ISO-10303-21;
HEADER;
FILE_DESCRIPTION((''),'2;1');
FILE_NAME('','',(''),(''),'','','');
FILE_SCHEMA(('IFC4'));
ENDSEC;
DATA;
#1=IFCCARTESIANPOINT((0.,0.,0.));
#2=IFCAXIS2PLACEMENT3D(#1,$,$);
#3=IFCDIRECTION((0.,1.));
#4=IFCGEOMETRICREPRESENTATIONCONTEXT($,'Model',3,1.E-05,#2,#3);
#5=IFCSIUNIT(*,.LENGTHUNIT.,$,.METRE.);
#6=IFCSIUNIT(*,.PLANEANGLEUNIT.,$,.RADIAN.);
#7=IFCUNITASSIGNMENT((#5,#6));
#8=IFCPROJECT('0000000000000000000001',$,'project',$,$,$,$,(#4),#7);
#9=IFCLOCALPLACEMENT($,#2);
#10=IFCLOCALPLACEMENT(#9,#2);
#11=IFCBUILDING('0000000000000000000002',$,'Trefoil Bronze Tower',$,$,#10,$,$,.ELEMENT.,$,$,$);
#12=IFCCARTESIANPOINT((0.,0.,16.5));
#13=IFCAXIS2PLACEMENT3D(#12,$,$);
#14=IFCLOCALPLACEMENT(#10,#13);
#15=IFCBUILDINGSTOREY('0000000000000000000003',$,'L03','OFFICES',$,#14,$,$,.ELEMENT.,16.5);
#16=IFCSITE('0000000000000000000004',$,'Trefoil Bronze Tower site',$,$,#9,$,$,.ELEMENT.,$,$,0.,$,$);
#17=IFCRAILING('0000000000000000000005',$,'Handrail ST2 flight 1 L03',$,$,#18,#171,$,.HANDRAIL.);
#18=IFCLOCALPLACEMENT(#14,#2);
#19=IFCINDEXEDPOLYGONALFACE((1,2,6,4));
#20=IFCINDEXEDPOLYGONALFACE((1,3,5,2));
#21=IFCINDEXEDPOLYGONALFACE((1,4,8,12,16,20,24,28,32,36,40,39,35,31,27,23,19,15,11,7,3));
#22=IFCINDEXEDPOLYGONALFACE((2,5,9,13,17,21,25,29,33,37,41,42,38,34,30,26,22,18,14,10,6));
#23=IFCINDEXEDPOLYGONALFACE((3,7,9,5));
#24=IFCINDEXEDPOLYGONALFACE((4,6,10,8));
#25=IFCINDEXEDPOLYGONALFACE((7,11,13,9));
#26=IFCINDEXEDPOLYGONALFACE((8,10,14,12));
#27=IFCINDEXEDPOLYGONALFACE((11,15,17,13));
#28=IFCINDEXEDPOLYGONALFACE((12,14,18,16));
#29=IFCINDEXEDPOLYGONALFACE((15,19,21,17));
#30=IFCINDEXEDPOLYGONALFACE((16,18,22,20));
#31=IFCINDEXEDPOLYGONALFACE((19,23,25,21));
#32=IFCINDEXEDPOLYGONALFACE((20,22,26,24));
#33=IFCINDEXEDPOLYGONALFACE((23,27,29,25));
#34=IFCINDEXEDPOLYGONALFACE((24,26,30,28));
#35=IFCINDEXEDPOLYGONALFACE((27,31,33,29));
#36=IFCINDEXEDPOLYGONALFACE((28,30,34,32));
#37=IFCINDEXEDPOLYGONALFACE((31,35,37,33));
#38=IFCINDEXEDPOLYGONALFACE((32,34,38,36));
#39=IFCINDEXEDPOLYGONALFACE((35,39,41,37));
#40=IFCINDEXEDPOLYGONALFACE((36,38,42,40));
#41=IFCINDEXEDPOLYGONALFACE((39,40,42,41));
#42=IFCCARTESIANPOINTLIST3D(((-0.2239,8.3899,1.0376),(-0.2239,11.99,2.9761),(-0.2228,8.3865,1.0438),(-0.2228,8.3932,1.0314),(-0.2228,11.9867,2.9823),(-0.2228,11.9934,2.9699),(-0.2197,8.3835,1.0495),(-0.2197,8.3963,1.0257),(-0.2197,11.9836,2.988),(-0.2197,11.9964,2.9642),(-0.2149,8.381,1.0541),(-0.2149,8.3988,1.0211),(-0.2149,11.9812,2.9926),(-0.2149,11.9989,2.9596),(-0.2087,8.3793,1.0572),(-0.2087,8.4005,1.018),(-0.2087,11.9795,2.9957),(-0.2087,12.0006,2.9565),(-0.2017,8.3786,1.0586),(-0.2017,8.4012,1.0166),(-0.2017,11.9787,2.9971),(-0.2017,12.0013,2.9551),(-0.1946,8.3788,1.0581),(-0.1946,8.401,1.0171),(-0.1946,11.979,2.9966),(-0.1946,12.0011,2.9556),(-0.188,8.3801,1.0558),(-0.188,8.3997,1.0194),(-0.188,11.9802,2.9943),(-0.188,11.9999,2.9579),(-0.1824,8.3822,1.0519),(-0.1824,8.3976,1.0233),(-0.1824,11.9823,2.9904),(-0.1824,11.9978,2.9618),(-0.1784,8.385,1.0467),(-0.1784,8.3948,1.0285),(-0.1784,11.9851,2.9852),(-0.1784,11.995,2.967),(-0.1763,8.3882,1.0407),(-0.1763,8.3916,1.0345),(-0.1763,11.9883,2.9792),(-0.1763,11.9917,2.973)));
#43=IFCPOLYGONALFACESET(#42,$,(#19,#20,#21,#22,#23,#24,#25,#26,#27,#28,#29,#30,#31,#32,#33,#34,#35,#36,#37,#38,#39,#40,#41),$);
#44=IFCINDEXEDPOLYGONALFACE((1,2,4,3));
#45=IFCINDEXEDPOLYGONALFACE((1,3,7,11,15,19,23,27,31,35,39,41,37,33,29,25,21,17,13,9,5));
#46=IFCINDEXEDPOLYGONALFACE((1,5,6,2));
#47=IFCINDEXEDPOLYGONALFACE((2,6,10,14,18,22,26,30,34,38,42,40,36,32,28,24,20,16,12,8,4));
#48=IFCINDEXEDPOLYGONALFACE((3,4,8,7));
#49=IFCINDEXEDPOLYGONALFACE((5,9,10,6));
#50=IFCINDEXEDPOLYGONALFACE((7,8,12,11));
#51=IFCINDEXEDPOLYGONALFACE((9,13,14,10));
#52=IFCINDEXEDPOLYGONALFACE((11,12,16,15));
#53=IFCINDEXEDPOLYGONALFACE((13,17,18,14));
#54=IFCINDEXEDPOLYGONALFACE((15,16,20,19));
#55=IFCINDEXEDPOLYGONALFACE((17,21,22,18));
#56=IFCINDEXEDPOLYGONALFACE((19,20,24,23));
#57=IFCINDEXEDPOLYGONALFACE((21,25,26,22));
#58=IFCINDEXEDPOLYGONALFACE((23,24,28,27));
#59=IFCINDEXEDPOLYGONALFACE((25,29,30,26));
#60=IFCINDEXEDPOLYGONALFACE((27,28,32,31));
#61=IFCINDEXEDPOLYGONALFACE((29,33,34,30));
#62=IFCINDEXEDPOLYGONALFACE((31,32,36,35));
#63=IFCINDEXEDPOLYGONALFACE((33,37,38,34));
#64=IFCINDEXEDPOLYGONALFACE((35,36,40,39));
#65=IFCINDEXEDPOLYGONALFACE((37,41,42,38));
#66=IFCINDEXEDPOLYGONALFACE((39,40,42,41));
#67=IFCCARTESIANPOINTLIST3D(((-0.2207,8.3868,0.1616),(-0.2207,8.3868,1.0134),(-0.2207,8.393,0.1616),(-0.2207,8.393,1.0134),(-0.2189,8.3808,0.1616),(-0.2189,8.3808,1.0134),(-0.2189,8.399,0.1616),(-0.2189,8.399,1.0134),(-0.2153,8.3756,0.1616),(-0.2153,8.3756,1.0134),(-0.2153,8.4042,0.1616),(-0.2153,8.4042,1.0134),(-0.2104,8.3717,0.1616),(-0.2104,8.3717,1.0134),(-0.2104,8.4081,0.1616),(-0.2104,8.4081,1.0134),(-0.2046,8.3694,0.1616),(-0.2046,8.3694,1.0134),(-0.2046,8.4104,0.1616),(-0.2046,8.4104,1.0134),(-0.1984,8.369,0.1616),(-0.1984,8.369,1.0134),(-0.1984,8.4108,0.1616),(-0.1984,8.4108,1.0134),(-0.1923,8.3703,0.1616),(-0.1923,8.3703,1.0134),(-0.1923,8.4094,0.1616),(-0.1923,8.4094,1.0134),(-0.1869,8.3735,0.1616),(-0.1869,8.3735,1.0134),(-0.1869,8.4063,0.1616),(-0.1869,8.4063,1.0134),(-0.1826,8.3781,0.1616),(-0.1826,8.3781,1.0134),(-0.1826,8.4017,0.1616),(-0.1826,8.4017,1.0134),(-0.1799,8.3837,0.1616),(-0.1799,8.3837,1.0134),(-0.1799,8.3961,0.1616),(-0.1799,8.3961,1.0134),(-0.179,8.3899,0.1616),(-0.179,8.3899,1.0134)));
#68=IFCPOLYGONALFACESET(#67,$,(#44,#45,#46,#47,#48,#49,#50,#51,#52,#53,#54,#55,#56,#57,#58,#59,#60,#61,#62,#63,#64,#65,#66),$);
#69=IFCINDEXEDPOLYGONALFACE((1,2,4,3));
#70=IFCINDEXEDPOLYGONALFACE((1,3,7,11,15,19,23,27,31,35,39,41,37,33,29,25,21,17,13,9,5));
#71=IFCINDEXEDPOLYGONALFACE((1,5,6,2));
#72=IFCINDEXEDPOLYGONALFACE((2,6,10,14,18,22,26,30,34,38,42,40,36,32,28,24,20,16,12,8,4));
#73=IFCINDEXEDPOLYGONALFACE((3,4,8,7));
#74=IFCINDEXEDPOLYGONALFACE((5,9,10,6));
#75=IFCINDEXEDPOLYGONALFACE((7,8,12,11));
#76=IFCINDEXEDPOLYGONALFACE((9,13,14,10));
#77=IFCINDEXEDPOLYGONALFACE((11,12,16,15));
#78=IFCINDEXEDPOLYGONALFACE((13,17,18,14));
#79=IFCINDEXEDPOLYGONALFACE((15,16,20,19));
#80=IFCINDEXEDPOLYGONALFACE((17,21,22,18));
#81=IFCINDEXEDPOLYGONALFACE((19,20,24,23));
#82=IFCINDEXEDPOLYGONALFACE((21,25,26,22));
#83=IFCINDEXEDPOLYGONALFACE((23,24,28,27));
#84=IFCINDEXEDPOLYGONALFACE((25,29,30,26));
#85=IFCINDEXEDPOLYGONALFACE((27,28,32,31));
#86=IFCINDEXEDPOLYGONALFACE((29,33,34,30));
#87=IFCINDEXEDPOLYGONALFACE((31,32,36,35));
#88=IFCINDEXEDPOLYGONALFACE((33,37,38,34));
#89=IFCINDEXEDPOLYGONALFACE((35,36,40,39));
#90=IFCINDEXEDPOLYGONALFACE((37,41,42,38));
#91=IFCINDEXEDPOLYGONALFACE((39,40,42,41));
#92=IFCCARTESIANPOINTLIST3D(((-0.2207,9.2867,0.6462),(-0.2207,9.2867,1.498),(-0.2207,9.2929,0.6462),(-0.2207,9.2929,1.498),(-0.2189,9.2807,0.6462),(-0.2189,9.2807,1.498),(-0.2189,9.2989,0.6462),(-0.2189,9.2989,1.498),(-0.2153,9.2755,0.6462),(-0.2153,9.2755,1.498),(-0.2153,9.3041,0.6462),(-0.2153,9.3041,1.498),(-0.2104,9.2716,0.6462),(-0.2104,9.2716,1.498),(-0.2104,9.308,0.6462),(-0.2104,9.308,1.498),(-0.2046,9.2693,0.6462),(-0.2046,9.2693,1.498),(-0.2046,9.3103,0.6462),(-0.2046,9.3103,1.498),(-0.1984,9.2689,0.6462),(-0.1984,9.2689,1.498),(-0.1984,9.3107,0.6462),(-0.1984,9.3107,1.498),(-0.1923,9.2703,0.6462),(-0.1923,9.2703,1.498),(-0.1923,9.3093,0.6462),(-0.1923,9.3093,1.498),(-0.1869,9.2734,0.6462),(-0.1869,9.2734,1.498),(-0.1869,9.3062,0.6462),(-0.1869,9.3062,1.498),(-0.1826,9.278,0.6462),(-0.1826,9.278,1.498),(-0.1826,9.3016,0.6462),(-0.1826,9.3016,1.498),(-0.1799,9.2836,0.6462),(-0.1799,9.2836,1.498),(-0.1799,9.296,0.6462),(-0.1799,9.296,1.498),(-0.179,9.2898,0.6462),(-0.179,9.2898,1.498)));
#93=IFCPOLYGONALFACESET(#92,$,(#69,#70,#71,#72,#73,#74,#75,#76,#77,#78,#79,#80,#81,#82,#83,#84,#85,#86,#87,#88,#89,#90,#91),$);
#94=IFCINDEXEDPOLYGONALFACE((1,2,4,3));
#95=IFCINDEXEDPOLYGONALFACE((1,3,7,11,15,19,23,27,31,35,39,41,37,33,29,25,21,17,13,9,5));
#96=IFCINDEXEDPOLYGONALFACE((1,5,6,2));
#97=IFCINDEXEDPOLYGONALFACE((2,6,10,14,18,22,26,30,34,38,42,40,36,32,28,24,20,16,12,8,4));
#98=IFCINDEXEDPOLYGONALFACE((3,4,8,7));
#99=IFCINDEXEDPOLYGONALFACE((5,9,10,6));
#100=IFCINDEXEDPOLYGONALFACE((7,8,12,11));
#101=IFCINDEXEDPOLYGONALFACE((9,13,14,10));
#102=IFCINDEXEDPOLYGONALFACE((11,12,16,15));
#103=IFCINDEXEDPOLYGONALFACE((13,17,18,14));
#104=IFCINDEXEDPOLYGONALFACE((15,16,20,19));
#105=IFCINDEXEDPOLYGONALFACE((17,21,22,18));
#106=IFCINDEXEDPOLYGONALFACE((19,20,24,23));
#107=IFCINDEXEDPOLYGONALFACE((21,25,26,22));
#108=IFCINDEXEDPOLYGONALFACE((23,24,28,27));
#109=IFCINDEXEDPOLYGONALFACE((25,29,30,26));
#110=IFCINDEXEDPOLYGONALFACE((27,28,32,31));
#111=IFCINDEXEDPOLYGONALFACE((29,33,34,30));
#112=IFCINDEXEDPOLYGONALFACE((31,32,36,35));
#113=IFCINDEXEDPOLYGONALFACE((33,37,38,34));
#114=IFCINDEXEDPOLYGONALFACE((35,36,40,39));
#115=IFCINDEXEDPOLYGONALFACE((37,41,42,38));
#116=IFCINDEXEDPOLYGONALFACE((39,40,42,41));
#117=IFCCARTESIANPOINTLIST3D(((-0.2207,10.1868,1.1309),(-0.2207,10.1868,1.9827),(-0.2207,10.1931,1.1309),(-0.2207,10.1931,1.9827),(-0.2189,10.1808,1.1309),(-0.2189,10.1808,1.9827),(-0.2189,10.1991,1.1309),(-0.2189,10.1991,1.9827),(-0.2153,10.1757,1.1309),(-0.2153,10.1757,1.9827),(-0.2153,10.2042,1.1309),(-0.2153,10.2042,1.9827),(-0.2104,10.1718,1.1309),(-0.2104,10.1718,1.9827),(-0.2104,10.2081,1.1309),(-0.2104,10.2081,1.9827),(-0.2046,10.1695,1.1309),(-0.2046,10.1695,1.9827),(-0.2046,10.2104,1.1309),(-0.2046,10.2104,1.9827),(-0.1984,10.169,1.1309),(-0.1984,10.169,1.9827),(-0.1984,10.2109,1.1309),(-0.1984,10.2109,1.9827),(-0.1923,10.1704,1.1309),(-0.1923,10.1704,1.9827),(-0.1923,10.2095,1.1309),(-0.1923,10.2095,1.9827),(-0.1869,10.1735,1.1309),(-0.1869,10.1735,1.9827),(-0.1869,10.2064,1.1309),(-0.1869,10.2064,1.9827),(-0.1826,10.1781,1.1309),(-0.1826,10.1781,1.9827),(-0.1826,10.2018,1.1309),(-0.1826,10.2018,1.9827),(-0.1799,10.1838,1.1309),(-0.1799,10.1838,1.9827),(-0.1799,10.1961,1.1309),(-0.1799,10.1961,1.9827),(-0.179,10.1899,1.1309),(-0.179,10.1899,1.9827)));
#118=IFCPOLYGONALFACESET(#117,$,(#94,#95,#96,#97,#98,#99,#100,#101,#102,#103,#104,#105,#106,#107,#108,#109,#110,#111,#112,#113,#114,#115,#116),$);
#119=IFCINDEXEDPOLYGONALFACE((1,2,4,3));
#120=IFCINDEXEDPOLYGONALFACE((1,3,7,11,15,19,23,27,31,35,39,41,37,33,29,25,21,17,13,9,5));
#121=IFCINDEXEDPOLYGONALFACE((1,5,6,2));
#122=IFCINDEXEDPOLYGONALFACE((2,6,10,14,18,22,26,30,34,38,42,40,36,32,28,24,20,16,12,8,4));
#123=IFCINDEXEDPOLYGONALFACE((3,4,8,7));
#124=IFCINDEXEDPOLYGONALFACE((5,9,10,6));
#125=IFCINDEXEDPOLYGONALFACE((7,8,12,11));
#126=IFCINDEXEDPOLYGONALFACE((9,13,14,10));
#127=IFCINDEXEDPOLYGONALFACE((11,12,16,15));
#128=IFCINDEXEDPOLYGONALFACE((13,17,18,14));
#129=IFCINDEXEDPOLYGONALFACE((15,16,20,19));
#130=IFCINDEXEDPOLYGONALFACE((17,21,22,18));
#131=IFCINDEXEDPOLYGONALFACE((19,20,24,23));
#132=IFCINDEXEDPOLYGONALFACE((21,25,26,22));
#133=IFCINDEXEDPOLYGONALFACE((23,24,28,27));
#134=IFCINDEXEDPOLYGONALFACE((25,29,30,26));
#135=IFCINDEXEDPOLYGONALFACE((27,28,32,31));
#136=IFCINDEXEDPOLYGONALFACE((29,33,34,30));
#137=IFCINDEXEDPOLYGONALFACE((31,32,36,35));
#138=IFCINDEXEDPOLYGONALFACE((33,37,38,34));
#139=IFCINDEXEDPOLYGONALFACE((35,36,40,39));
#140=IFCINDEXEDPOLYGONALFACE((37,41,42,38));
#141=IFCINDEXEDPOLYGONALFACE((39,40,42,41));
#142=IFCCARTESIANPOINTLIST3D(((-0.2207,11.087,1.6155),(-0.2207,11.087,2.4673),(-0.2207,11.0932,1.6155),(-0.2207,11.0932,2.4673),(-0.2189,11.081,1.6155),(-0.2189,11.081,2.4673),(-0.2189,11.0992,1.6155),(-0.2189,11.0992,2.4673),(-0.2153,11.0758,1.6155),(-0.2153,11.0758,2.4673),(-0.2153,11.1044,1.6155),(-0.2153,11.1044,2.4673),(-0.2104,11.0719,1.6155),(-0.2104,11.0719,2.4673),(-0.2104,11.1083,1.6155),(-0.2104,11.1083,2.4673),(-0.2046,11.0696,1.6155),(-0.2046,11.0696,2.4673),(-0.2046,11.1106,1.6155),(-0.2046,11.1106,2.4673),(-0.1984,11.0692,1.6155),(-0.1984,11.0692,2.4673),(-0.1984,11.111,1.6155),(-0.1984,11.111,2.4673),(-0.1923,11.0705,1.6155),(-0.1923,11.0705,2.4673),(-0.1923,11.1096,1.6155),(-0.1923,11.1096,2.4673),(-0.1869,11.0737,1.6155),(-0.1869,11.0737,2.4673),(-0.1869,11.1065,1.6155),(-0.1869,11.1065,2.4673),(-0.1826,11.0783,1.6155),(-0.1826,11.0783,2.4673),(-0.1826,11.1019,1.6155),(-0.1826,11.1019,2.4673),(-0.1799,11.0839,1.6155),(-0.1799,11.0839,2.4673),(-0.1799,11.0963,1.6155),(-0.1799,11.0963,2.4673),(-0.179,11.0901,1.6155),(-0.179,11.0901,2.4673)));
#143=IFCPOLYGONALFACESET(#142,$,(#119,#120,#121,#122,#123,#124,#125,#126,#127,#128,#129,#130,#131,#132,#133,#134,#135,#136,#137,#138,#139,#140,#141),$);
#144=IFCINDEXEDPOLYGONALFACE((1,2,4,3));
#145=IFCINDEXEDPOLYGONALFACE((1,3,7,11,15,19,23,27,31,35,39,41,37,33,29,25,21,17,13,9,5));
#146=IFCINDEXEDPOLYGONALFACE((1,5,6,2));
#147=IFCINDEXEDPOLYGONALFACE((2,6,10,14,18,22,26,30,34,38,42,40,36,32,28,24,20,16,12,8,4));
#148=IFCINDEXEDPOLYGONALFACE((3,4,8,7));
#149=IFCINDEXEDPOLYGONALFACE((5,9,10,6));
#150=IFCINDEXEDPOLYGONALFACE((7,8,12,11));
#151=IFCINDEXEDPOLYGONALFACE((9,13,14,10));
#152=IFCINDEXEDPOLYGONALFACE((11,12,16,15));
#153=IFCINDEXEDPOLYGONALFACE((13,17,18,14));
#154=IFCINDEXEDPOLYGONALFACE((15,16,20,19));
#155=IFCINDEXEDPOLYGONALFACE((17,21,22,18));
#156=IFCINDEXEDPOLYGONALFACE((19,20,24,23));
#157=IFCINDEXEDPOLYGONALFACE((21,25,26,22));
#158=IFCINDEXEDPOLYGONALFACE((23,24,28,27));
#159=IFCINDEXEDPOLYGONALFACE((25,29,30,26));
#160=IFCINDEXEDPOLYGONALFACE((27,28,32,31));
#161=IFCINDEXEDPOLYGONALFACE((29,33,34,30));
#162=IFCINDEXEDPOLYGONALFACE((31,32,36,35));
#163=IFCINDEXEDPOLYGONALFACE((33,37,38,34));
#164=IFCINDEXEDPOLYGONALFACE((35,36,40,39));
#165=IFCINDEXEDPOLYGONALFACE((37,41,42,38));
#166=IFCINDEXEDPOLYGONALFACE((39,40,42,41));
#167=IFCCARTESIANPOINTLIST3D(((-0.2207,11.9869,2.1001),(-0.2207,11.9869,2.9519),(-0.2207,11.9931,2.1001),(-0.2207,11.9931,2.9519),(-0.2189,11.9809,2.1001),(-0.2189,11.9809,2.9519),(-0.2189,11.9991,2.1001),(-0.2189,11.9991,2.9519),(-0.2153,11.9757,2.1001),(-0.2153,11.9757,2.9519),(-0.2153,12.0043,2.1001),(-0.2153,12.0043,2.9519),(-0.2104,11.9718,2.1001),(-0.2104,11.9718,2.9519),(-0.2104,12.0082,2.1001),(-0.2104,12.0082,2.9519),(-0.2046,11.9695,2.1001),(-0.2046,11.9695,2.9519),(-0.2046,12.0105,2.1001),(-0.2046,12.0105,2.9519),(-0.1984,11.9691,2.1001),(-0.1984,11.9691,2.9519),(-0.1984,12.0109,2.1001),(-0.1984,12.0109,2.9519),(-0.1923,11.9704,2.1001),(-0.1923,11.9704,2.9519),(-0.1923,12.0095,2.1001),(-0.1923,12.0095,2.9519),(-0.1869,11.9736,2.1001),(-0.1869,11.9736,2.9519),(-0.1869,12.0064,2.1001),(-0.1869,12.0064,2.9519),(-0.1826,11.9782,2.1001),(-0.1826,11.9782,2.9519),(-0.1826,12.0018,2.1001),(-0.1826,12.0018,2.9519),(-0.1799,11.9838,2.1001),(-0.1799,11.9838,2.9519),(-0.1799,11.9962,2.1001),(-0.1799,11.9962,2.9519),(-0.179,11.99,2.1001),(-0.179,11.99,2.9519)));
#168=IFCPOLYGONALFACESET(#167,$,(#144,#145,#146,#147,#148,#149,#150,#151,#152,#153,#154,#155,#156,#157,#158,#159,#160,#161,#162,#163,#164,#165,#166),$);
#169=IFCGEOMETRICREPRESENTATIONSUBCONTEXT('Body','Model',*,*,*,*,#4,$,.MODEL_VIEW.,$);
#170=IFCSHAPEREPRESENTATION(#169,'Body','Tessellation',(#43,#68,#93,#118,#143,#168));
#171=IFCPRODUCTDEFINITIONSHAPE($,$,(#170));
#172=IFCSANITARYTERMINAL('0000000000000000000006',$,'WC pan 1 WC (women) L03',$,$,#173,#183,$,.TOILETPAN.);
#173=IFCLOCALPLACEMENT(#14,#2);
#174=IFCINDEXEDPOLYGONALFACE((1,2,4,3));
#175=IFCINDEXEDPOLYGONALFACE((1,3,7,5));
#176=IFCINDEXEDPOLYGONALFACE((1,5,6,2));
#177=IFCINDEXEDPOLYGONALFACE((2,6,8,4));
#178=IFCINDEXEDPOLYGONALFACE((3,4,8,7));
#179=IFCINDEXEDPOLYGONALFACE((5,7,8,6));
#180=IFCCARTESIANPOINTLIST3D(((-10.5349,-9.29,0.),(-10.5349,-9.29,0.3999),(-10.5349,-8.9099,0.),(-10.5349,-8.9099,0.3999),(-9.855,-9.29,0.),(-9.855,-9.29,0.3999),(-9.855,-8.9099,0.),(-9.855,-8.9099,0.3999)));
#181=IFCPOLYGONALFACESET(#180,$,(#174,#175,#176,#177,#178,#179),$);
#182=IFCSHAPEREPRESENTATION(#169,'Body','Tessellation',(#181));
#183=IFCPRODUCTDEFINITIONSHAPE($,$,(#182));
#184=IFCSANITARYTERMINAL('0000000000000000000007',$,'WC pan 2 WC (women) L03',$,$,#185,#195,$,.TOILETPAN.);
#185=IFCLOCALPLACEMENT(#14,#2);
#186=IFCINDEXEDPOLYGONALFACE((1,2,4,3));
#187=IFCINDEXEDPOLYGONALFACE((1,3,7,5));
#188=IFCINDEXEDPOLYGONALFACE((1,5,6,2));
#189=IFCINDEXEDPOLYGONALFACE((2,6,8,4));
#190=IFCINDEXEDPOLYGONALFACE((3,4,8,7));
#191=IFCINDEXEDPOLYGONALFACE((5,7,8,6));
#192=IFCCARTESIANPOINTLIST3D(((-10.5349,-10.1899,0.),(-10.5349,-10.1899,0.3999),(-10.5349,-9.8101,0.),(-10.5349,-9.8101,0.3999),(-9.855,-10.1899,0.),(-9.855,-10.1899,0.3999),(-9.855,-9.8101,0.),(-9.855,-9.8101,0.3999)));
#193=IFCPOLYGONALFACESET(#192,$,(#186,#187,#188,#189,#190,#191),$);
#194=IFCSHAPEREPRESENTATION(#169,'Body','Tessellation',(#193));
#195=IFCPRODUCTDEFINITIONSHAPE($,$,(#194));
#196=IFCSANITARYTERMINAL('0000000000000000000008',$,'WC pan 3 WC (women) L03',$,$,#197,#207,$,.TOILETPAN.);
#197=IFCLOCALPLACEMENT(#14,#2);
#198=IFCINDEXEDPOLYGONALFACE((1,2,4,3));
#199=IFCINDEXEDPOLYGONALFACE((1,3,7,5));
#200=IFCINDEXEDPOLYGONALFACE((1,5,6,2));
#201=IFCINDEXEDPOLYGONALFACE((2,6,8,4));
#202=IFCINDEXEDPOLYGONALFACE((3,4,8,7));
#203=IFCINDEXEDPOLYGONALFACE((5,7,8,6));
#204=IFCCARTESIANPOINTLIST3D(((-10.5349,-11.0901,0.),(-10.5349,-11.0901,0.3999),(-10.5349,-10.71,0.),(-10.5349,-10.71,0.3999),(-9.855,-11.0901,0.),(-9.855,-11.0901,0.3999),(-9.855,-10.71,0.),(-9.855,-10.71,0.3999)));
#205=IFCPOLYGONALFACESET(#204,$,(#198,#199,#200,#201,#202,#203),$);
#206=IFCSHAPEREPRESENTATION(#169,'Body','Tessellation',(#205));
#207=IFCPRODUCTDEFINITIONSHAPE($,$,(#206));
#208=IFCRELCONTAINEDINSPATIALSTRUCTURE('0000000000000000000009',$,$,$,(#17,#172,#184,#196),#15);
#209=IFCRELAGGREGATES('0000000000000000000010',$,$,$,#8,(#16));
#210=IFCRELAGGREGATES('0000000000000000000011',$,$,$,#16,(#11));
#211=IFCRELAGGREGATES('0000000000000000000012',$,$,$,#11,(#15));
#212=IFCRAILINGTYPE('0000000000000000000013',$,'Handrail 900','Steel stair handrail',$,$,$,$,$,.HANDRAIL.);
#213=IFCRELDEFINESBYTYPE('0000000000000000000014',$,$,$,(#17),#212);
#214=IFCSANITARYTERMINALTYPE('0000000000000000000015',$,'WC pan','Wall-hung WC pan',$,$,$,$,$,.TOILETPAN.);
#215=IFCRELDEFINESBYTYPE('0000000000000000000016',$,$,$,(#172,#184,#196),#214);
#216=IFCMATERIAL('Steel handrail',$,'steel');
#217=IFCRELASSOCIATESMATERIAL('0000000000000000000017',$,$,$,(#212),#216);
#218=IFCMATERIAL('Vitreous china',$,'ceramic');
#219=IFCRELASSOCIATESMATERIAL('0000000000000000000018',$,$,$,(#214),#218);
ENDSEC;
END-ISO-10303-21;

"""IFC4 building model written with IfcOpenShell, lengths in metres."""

from ifc_helpers import new_model, si_unit, direction, frame, origin, origin_2d, place, context, subcontext, project, spatial, polyline, circle, outline, extrude, material, type_object, element, save


model = new_model("IFC4")

# Units and contexts
model_context = context("Model", 3, precision=1e-05, world=origin(), true_north=direction((0.0, 1.0)))
body_context = subcontext(model_context, "Body", "Model", "MODEL_VIEW")
ifc_project = project(units=[si_unit("LENGTHUNIT", "METRE"), si_unit("PLANEANGLEUNIT", "RADIAN")], contexts=[model_context])

# Site, building, storey
site_placement = place(None, origin())
site = spatial("IfcSite", under=ifc_project, at=site_placement, Name="Trefoil Bronze Tower site", CompositionType="ELEMENT", RefElevation=0.0)
building_placement = place(site_placement, origin())
building = spatial("IfcBuilding", under=site, at=building_placement, Name="Trefoil Bronze Tower", CompositionType="ELEMENT")
storey_placement = place(building_placement, frame((0.0, 0.0, 16.5)))
storey = spatial("IfcBuildingStorey", under=building, at=storey_placement, Name="L03", Description="OFFICES", CompositionType="ELEMENT", Elevation=16.5)

# Railing
ifc_material_1 = material(Name="Steel handrail", Category="steel")
railing_type = type_object("IfcRailingType", Name="Handrail 900", Description="Steel stair handrail", PredefinedType="HANDRAIL", material=ifc_material_1)
railing_placement = place(storey_placement, frame((-0.2, 8.3899, 0.1616)))
element("IfcRailing", 1, at=railing_placement, inside=storey, type_object=railing_type, Name="Handrail ST2 flight 1 L03", PredefinedType="HANDRAIL", context=body_context, shape_type="SweptSolid", body=[
    extrude(circle(Radius=0.0239, at=origin_2d()), frame((0.0, 0.0, 0.876), z_axis=(0.0, 0.880475, 0.474093), x_axis=(-1.0, 0.0, 0.0)), (0.0, 0.0, 1.0), 4.0889),
    extrude(circle(Radius=0.021, at=origin_2d()), origin(), (0.0, 0.0, 1.0), 0.8518),
    extrude(circle(Radius=0.021, at=origin_2d()), frame((0.0, 0.8999, 0.4846)), (0.0, 0.0, 1.0), 0.8518),
    extrude(circle(Radius=0.021, at=origin_2d()), frame((0.0, 1.8, 0.9692)), (0.0, 0.0, 1.0), 0.8518),
    extrude(circle(Radius=0.021, at=origin_2d()), frame((0.0, 2.7002, 1.4539)), (0.0, 0.0, 1.0), 0.8518),
    extrude(circle(Radius=0.021, at=origin_2d()), frame((0.0, 3.6001, 1.9385)), (0.0, 0.0, 1.0), 0.8518),
])

# Sanitary terminals
ifc_material_2 = material(Name="Vitreous china", Category="ceramic")
sanitary_terminal_type = type_object("IfcSanitaryTerminalType", Name="WC pan", Description="Wall-hung WC pan", PredefinedType="TOILETPAN", material=ifc_material_2)
sanitary_terminal_1_placement = place(storey_placement, origin())
element("IfcSanitaryTerminal", 2, at=sanitary_terminal_1_placement, inside=storey, type_object=sanitary_terminal_type, Name="WC pan 1 WC (women) L03", PredefinedType="TOILETPAN", context=body_context, shape_type="SweptSolid", body=[
    extrude(outline(polyline([(-9.855, -8.9099), (-10.5349, -8.9099), (-10.5349, -9.29), (-9.855, -9.29), (-9.855, -8.9099)])), origin(), (0.0, 0.0, 1.0), 0.3999),
])
sanitary_terminal_2_placement = place(storey_placement, origin())
element("IfcSanitaryTerminal", 3, at=sanitary_terminal_2_placement, inside=storey, type_object=sanitary_terminal_type, Name="WC pan 2 WC (women) L03", PredefinedType="TOILETPAN", context=body_context, shape_type="SweptSolid", body=[
    extrude(outline(polyline([(-9.855, -9.8101), (-10.5349, -9.8101), (-10.5349, -10.1899), (-9.855, -10.1899), (-9.855, -9.8101)])), origin(), (0.0, 0.0, 1.0), 0.3999),
])
sanitary_terminal_3_placement = place(storey_placement, origin())
element("IfcSanitaryTerminal", 4, at=sanitary_terminal_3_placement, inside=storey, type_object=sanitary_terminal_type, Name="WC pan 3 WC (women) L03", PredefinedType="TOILETPAN", context=body_context, shape_type="SweptSolid", body=[
    extrude(outline(polyline([(-9.855, -10.71), (-10.5349, -10.71), (-10.5349, -11.0901), (-9.855, -11.0901), (-9.855, -10.71)])), origin(), (0.0, 0.0, 1.0), 0.3999),
])

save(model, "model.ifc")
